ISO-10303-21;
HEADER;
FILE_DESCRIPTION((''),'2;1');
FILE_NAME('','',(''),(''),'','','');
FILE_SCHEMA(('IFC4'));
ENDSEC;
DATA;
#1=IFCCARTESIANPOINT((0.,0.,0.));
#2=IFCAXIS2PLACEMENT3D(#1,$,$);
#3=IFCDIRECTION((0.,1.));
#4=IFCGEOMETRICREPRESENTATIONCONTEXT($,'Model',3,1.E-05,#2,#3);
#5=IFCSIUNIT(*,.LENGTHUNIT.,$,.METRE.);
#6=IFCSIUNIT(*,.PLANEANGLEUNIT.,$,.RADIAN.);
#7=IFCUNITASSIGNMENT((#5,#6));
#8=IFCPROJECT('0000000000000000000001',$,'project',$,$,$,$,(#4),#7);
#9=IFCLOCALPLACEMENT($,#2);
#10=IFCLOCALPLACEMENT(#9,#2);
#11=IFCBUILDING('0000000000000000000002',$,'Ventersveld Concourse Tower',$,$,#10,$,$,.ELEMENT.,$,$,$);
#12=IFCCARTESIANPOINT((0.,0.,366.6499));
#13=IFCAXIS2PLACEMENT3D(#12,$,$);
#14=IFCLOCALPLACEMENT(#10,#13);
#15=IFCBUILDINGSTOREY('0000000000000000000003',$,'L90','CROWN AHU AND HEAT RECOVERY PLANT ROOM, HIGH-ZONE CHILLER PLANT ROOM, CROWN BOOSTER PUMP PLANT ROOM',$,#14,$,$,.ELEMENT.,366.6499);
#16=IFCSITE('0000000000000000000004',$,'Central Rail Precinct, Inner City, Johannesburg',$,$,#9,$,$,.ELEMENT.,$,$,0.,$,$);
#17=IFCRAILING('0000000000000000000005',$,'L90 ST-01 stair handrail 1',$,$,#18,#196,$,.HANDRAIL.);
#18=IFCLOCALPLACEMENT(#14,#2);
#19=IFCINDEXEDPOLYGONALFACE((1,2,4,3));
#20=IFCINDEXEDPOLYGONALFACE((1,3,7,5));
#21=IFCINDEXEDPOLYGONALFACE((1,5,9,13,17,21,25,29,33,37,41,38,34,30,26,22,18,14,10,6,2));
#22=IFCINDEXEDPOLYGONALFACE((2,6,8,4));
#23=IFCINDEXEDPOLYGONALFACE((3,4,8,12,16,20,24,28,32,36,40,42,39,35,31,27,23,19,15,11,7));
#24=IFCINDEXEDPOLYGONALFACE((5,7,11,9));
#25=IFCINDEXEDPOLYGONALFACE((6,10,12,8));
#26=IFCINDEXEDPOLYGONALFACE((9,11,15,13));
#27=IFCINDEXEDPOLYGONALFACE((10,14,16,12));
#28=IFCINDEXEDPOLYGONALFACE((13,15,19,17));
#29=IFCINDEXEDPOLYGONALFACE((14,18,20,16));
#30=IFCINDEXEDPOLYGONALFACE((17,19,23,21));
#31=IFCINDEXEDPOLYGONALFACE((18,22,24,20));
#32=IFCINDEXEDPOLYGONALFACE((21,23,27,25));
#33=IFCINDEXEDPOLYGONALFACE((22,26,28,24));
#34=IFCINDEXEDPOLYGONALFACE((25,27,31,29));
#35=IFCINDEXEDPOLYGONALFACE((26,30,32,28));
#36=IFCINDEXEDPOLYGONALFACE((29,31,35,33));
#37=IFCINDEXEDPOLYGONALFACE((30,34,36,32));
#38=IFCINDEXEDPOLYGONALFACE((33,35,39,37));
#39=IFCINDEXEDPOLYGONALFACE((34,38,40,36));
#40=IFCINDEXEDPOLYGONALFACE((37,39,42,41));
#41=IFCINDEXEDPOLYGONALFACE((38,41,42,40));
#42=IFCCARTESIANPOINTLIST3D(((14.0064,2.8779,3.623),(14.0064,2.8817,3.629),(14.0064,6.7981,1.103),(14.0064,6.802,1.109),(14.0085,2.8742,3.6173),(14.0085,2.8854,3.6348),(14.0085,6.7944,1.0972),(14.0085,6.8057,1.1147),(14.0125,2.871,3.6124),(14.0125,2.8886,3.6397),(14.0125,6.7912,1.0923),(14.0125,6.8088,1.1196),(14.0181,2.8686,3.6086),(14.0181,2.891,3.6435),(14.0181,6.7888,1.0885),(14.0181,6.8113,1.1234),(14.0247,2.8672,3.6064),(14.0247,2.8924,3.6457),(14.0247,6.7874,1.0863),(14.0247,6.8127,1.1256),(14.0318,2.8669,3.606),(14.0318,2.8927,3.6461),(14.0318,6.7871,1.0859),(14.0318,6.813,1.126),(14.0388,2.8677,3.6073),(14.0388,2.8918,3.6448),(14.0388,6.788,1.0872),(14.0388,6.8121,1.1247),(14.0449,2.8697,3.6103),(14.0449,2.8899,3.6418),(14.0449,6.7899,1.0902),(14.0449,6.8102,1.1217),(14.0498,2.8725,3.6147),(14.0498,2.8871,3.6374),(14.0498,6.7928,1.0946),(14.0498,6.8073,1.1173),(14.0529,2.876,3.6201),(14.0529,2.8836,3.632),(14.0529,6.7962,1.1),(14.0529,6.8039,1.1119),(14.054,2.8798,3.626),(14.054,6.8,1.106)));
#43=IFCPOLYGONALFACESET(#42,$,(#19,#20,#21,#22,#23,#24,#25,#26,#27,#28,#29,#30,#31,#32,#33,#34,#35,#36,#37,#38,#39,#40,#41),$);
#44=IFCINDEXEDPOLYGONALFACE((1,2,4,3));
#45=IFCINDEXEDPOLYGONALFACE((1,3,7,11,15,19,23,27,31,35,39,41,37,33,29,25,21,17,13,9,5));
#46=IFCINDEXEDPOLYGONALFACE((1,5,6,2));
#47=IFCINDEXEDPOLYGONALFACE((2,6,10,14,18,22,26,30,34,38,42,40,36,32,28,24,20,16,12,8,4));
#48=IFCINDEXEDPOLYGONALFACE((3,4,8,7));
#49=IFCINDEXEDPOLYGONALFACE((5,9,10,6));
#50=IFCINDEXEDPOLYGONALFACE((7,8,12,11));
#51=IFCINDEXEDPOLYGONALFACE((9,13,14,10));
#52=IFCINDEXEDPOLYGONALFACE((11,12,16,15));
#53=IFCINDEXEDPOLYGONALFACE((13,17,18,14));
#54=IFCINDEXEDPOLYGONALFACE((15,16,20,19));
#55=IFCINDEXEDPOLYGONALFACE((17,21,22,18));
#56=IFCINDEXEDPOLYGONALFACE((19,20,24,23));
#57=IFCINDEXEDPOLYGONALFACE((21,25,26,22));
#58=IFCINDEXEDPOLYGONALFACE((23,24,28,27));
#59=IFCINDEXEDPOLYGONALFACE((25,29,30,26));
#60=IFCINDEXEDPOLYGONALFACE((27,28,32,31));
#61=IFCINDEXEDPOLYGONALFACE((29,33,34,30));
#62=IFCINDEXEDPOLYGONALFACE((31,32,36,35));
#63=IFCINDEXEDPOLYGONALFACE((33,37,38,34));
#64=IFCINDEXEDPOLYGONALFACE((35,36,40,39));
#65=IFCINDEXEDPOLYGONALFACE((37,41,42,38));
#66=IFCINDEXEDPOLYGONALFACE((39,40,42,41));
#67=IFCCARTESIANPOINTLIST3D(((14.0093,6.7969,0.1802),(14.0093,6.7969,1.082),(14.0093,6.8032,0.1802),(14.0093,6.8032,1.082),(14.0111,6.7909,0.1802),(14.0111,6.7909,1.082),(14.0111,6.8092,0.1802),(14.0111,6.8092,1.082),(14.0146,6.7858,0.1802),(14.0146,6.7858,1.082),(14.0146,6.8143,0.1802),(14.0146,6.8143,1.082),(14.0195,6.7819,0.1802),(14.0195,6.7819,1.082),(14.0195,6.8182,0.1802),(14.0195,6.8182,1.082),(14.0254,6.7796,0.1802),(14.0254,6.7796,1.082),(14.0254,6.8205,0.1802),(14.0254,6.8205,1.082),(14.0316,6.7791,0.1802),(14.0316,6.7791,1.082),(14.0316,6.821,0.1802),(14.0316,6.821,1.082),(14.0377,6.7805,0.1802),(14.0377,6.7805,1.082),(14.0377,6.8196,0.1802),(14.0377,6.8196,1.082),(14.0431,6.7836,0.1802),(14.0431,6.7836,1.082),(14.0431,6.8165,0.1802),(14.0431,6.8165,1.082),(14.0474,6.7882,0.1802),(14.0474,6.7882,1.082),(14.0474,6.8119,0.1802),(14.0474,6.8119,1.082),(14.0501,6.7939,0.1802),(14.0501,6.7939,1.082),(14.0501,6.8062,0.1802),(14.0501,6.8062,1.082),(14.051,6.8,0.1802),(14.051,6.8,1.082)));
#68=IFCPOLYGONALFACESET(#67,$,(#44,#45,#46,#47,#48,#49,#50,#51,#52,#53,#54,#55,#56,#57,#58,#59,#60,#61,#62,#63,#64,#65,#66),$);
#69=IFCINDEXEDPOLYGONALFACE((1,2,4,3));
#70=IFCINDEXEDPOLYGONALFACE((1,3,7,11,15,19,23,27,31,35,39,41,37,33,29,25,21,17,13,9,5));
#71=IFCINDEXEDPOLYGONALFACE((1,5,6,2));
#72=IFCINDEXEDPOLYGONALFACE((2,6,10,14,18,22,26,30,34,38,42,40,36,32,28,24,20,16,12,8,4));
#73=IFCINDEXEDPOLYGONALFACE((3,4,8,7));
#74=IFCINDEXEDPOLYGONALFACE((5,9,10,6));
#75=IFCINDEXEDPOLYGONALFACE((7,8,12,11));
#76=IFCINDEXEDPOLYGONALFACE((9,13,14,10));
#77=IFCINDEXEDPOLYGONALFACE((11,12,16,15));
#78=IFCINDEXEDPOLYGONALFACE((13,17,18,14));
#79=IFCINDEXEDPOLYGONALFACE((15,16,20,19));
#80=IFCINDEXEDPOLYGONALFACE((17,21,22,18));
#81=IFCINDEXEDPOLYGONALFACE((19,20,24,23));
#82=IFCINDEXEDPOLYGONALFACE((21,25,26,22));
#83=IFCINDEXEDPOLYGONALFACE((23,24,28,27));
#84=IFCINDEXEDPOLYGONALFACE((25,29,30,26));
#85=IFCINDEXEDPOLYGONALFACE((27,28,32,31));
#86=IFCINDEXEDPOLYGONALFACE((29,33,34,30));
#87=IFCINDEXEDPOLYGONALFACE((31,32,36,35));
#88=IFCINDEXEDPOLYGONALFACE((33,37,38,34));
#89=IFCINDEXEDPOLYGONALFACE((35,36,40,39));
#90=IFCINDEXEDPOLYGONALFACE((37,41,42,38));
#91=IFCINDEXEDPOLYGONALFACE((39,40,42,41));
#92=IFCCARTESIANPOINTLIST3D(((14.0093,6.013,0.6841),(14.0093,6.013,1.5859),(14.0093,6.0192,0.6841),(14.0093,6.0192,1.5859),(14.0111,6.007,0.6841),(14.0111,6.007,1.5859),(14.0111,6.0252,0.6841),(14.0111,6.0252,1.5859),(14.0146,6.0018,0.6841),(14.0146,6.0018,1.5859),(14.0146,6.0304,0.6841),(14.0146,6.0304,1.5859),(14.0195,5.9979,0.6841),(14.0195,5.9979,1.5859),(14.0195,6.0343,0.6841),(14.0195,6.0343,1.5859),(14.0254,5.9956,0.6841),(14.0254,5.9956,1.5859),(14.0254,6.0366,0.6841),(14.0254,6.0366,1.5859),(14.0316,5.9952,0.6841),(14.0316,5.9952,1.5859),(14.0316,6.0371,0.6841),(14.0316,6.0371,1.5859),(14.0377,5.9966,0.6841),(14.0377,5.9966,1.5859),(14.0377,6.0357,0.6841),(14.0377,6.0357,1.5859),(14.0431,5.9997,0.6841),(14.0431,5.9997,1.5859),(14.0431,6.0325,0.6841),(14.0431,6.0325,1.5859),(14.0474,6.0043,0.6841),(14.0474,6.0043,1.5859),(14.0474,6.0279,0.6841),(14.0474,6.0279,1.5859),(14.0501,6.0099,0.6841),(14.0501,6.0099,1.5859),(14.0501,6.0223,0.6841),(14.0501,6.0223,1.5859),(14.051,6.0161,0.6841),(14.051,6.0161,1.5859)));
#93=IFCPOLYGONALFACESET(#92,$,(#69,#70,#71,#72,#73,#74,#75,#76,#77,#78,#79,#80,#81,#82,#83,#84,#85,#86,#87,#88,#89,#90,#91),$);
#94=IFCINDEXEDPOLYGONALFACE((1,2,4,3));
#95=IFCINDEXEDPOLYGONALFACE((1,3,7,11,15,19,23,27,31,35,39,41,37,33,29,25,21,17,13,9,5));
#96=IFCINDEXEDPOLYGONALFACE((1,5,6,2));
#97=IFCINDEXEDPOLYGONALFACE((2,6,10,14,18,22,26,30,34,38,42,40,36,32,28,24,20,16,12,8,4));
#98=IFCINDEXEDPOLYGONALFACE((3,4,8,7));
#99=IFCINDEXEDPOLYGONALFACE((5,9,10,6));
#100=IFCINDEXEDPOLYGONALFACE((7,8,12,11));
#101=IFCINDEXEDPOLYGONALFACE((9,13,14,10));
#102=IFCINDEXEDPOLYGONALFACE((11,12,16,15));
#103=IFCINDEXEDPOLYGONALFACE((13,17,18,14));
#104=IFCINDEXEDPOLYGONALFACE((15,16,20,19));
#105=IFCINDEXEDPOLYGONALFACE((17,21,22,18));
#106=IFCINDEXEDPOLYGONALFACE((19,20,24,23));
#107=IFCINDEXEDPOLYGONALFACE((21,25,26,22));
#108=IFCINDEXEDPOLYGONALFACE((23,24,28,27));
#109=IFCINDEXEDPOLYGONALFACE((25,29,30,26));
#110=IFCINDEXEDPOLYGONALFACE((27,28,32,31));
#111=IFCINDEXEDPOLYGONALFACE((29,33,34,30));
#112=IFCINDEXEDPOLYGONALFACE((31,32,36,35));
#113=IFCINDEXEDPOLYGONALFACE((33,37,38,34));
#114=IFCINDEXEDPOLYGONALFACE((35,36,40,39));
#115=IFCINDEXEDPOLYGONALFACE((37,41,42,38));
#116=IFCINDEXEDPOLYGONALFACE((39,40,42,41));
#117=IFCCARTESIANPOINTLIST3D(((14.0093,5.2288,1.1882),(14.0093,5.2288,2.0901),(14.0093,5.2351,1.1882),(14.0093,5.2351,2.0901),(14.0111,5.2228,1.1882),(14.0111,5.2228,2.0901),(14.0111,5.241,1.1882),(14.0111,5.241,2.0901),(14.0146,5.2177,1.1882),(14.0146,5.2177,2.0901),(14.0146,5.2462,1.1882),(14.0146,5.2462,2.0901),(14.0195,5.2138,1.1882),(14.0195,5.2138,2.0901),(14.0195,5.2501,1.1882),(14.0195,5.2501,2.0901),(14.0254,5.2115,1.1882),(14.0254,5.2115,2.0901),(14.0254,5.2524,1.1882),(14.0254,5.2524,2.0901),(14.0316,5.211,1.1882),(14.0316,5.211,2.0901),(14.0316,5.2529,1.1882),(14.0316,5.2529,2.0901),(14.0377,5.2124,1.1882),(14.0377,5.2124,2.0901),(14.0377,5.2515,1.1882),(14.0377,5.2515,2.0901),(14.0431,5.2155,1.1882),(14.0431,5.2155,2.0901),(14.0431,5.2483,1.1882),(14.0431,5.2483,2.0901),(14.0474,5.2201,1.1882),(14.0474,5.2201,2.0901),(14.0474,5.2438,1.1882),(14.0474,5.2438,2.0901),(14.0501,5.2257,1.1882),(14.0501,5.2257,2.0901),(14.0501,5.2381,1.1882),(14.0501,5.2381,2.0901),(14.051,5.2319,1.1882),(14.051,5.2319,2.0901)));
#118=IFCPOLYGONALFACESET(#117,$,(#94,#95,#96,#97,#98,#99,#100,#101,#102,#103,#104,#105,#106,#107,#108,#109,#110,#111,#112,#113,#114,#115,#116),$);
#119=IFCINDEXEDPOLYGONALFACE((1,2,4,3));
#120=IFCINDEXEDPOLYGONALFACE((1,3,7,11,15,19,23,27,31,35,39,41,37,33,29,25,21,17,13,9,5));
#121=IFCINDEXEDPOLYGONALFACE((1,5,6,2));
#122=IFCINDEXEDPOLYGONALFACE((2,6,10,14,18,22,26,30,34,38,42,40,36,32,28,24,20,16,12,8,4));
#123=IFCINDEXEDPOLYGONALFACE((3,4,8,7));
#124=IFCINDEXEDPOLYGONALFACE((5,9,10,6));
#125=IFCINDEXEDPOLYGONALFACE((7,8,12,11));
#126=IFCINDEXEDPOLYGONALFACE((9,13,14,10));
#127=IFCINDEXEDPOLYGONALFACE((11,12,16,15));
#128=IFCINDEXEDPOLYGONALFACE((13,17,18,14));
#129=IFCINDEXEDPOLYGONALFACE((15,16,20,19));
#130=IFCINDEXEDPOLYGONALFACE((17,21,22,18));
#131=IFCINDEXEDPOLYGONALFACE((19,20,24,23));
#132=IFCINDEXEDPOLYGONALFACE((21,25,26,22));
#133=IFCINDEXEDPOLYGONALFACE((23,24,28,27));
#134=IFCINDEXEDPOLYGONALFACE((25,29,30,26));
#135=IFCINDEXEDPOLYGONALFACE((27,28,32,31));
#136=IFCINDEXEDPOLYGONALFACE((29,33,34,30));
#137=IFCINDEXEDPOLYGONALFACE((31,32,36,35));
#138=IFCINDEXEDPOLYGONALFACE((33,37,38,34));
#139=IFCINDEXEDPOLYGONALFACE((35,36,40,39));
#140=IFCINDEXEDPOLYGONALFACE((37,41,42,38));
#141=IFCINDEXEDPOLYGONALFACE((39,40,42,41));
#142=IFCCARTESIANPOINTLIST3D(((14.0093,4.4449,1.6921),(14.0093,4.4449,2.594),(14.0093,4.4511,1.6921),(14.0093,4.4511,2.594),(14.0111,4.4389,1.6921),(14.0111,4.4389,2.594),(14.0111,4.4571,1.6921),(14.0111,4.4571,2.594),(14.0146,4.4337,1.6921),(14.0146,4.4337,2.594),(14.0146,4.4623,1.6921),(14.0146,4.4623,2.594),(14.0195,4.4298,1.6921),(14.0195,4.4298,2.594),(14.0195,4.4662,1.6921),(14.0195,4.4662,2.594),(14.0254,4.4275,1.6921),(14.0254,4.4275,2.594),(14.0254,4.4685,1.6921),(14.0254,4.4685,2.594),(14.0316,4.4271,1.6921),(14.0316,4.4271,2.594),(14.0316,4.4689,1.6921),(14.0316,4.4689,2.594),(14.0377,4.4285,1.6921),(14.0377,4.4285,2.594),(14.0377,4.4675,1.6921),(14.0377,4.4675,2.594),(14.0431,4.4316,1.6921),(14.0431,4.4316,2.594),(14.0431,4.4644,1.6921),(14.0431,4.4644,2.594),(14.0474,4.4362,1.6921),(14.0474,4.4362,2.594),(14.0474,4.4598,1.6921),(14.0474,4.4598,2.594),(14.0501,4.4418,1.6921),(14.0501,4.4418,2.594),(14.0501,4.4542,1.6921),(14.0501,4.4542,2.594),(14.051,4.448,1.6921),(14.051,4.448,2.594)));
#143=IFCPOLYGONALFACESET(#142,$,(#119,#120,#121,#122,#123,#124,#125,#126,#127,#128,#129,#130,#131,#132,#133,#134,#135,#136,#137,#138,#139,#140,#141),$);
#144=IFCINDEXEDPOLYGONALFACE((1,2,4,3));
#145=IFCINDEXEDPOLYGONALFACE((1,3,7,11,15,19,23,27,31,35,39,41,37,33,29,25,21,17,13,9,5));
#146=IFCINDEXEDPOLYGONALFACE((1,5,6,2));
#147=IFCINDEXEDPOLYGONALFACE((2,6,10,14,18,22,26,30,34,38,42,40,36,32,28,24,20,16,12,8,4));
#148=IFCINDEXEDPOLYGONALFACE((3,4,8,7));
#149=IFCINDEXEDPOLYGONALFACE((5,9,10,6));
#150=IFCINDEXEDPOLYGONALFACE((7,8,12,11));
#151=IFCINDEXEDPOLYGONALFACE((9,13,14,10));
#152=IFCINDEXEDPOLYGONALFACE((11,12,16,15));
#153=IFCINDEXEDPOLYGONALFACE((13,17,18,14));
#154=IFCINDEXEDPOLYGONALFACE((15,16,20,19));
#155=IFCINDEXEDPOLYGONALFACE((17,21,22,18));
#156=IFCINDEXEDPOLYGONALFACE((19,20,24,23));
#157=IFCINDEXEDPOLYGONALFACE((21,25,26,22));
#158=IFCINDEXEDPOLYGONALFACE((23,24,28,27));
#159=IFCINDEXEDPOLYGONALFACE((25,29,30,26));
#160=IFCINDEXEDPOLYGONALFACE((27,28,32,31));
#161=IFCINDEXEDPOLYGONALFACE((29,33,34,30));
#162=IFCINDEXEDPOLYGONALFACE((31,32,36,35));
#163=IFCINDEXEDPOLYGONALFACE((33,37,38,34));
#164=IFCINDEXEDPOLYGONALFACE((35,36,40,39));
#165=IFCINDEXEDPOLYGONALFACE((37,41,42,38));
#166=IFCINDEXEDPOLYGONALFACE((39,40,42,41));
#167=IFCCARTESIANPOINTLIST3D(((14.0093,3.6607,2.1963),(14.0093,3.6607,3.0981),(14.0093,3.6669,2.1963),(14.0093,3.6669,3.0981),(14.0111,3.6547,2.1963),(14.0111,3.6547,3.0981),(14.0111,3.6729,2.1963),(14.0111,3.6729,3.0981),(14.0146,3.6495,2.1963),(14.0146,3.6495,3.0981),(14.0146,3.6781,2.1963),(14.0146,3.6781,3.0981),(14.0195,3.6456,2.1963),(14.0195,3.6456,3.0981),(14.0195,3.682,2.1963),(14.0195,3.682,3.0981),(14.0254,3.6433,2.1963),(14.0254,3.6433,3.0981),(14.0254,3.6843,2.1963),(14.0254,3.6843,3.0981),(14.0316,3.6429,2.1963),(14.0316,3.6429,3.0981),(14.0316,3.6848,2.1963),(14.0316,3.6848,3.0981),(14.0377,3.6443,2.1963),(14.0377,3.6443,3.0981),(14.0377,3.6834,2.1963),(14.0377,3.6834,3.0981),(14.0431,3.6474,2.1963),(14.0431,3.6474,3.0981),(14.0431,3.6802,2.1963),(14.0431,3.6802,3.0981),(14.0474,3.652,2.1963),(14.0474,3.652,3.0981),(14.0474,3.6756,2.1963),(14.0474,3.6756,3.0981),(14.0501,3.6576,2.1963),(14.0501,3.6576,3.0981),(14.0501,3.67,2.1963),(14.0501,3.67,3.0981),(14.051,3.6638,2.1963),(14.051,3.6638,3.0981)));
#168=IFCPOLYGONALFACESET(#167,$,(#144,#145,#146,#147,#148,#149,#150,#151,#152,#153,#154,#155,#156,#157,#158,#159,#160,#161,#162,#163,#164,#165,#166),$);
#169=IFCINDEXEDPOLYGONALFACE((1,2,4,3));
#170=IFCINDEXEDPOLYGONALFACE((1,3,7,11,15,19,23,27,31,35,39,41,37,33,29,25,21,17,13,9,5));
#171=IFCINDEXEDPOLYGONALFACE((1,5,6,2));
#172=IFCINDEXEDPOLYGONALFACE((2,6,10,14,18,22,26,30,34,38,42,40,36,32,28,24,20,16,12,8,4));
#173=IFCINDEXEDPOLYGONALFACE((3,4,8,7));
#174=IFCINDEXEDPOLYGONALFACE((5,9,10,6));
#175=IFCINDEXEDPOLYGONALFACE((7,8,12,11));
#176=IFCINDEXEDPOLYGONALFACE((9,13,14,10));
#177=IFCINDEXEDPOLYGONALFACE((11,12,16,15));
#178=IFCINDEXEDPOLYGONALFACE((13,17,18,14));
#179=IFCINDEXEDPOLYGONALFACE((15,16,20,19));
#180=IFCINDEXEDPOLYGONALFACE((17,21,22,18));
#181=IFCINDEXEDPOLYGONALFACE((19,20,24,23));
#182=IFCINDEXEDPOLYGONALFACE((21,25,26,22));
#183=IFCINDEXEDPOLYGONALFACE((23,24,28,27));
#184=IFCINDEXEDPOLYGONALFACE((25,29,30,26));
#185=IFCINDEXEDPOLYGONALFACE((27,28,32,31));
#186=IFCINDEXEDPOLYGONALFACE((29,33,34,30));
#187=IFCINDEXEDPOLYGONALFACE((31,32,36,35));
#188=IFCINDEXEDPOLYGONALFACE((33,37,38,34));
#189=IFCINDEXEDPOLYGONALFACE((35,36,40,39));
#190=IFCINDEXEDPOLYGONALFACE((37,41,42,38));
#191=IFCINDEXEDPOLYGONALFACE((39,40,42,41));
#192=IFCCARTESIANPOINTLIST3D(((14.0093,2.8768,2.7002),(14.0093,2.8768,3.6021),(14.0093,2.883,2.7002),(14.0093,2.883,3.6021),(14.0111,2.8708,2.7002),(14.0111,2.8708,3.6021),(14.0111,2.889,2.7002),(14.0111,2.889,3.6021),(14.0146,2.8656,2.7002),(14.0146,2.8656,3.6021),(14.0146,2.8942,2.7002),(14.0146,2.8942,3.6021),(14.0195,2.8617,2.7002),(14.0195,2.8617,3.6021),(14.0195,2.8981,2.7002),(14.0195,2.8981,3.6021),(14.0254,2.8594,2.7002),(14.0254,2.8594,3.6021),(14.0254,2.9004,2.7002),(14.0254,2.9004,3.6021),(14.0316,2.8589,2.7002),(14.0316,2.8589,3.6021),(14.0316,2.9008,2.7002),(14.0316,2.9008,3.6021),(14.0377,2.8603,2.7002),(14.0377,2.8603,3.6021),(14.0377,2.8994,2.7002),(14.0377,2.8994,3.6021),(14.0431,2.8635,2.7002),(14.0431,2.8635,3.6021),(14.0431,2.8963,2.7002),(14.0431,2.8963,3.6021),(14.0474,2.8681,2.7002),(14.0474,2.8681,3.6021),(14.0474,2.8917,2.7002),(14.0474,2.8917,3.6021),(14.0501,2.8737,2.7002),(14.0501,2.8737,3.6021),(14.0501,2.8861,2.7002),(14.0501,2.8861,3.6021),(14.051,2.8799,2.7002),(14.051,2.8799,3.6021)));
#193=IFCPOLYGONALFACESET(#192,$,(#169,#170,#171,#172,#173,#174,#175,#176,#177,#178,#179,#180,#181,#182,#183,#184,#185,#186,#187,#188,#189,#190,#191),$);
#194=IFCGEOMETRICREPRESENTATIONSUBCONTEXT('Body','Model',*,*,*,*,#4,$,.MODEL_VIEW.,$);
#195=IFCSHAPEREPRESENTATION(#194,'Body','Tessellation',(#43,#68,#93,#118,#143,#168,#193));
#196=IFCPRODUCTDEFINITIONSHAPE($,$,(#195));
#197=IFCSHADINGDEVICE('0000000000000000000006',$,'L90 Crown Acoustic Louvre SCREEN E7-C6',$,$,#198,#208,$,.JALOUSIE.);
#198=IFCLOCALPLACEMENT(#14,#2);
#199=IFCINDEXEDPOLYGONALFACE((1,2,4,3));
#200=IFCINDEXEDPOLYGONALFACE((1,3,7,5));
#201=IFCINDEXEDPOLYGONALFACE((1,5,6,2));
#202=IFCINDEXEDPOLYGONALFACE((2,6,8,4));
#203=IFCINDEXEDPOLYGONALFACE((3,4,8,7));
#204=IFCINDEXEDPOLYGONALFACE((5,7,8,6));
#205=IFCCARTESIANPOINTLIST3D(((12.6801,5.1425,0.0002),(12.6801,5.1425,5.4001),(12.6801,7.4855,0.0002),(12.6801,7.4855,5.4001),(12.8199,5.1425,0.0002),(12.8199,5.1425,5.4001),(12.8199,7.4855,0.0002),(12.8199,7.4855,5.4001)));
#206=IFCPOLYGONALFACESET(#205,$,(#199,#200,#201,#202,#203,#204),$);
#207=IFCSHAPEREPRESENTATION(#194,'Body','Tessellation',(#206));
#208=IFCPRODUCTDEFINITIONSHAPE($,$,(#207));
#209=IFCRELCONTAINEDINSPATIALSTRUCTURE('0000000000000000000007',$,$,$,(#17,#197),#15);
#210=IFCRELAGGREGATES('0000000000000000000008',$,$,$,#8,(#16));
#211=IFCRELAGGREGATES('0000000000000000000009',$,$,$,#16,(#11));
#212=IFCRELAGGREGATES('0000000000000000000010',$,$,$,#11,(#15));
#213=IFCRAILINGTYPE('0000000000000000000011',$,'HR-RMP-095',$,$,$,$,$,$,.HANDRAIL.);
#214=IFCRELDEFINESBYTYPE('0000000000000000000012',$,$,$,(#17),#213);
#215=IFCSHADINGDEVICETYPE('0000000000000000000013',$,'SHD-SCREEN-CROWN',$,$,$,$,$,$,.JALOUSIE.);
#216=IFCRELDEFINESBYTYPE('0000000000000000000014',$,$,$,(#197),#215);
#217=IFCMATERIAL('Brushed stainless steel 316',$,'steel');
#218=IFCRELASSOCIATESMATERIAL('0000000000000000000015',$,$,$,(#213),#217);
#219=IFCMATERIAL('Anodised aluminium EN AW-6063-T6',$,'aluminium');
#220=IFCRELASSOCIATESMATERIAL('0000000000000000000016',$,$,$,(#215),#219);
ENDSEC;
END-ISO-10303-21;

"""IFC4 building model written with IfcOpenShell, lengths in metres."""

from ifc_helpers import new_model, si_unit, direction, frame, origin, origin_2d, place, context, subcontext, project, spatial, rectangle, circle, extrude, material, type_object, element, save


model = new_model("IFC4")

# Units and contexts
model_context = context("Model", 3, precision=1e-05, world=origin(), true_north=direction((0.0, 1.0)))
body_context = subcontext(model_context, "Body", "Model", "MODEL_VIEW")
ifc_project = project(units=[si_unit("LENGTHUNIT", "METRE"), si_unit("PLANEANGLEUNIT", "RADIAN")], contexts=[model_context])

# Site, building, storey
site_placement = place(None, origin())
site = spatial("IfcSite", under=ifc_project, at=site_placement, Name="Central Rail Precinct, Inner City, Johannesburg", CompositionType="ELEMENT", RefElevation=0.0)
building_placement = place(site_placement, origin())
building = spatial("IfcBuilding", under=site, at=building_placement, Name="Ventersveld Concourse Tower", CompositionType="ELEMENT")
storey_placement = place(building_placement, frame((0.0, 0.0, 366.6499)))
storey = spatial("IfcBuildingStorey", under=building, at=storey_placement, Name="L90", Description="CROWN AHU AND HEAT RECOVERY PLANT ROOM, HIGH-ZONE CHILLER PLANT ROOM, CROWN BOOSTER PUMP PLANT ROOM", CompositionType="ELEMENT", Elevation=366.6499)

# Railing
ifc_material_1 = material(Name="Brushed stainless steel 316", Category="steel")
railing_type = type_object("IfcRailingType", Name="HR-RMP-095", PredefinedType="HANDRAIL", material=ifc_material_1)
railing_placement = place(storey_placement, frame((14.03, 6.8, 0.1802)))
element("IfcRailing", 1, at=railing_placement, inside=storey, type_object=railing_type, Name="L90 ST-01 stair handrail 1", PredefinedType="HANDRAIL", context=body_context, shape_type="SweptSolid", body=[
    extrude(circle(Radius=0.0239, at=origin_2d()), frame((0.0, 0.0, 0.9258), z_axis=(0.0, -0.841187, 0.540744), x_axis=(1.0, 0.0, 0.0)), (0.0, 0.0, 1.0), 4.6604),
    extrude(circle(Radius=0.021, at=origin_2d()), origin(), (0.0, 0.0, 1.0), 0.9019),
    extrude(circle(Radius=0.021, at=origin_2d()), frame((0.0, -0.7839, 0.5039)), (0.0, 0.0, 1.0), 0.9019),
    extrude(circle(Radius=0.021, at=origin_2d()), frame((0.0, -1.5681, 1.0081)), (0.0, 0.0, 1.0), 0.9019),
    extrude(circle(Radius=0.021, at=origin_2d()), frame((0.0, -2.3521, 1.512)), (0.0, 0.0, 1.0), 0.9019),
    extrude(circle(Radius=0.021, at=origin_2d()), frame((0.0, -3.1362, 2.0161)), (0.0, 0.0, 1.0), 0.9019),
    extrude(circle(Radius=0.021, at=origin_2d()), frame((0.0, -3.9202, 2.52)), (0.0, 0.0, 1.0), 0.9019),
])

# Shading device
ifc_material_2 = material(Name="Anodised aluminium EN AW-6063-T6", Category="aluminium")
shading_device_type = type_object("IfcShadingDeviceType", Name="SHD-SCREEN-CROWN", PredefinedType="JALOUSIE", material=ifc_material_2)
for number, where, z_axis, x_axis, name in (
    (2, (12.75, 6.314, 0.0002), (0.0, 0.0, 1.0), (0.0, -1.0, 0.0), "L90 Crown Acoustic Louvre SCREEN E7-C6"),
):
    element("IfcShadingDevice", number, at=place(storey_placement, frame(where, z_axis=z_axis, x_axis=x_axis)), inside=storey, type_object=shading_device_type, Name=name, PredefinedType="JALOUSIE", context=body_context, shape_type="SweptSolid", body=[
        extrude(rectangle(XDim=2.343, YDim=0.1399, at=origin_2d()), origin(), (0.0, 0.0, 1.0), 5.3999),
    ])

save(model, "model.ifc")
